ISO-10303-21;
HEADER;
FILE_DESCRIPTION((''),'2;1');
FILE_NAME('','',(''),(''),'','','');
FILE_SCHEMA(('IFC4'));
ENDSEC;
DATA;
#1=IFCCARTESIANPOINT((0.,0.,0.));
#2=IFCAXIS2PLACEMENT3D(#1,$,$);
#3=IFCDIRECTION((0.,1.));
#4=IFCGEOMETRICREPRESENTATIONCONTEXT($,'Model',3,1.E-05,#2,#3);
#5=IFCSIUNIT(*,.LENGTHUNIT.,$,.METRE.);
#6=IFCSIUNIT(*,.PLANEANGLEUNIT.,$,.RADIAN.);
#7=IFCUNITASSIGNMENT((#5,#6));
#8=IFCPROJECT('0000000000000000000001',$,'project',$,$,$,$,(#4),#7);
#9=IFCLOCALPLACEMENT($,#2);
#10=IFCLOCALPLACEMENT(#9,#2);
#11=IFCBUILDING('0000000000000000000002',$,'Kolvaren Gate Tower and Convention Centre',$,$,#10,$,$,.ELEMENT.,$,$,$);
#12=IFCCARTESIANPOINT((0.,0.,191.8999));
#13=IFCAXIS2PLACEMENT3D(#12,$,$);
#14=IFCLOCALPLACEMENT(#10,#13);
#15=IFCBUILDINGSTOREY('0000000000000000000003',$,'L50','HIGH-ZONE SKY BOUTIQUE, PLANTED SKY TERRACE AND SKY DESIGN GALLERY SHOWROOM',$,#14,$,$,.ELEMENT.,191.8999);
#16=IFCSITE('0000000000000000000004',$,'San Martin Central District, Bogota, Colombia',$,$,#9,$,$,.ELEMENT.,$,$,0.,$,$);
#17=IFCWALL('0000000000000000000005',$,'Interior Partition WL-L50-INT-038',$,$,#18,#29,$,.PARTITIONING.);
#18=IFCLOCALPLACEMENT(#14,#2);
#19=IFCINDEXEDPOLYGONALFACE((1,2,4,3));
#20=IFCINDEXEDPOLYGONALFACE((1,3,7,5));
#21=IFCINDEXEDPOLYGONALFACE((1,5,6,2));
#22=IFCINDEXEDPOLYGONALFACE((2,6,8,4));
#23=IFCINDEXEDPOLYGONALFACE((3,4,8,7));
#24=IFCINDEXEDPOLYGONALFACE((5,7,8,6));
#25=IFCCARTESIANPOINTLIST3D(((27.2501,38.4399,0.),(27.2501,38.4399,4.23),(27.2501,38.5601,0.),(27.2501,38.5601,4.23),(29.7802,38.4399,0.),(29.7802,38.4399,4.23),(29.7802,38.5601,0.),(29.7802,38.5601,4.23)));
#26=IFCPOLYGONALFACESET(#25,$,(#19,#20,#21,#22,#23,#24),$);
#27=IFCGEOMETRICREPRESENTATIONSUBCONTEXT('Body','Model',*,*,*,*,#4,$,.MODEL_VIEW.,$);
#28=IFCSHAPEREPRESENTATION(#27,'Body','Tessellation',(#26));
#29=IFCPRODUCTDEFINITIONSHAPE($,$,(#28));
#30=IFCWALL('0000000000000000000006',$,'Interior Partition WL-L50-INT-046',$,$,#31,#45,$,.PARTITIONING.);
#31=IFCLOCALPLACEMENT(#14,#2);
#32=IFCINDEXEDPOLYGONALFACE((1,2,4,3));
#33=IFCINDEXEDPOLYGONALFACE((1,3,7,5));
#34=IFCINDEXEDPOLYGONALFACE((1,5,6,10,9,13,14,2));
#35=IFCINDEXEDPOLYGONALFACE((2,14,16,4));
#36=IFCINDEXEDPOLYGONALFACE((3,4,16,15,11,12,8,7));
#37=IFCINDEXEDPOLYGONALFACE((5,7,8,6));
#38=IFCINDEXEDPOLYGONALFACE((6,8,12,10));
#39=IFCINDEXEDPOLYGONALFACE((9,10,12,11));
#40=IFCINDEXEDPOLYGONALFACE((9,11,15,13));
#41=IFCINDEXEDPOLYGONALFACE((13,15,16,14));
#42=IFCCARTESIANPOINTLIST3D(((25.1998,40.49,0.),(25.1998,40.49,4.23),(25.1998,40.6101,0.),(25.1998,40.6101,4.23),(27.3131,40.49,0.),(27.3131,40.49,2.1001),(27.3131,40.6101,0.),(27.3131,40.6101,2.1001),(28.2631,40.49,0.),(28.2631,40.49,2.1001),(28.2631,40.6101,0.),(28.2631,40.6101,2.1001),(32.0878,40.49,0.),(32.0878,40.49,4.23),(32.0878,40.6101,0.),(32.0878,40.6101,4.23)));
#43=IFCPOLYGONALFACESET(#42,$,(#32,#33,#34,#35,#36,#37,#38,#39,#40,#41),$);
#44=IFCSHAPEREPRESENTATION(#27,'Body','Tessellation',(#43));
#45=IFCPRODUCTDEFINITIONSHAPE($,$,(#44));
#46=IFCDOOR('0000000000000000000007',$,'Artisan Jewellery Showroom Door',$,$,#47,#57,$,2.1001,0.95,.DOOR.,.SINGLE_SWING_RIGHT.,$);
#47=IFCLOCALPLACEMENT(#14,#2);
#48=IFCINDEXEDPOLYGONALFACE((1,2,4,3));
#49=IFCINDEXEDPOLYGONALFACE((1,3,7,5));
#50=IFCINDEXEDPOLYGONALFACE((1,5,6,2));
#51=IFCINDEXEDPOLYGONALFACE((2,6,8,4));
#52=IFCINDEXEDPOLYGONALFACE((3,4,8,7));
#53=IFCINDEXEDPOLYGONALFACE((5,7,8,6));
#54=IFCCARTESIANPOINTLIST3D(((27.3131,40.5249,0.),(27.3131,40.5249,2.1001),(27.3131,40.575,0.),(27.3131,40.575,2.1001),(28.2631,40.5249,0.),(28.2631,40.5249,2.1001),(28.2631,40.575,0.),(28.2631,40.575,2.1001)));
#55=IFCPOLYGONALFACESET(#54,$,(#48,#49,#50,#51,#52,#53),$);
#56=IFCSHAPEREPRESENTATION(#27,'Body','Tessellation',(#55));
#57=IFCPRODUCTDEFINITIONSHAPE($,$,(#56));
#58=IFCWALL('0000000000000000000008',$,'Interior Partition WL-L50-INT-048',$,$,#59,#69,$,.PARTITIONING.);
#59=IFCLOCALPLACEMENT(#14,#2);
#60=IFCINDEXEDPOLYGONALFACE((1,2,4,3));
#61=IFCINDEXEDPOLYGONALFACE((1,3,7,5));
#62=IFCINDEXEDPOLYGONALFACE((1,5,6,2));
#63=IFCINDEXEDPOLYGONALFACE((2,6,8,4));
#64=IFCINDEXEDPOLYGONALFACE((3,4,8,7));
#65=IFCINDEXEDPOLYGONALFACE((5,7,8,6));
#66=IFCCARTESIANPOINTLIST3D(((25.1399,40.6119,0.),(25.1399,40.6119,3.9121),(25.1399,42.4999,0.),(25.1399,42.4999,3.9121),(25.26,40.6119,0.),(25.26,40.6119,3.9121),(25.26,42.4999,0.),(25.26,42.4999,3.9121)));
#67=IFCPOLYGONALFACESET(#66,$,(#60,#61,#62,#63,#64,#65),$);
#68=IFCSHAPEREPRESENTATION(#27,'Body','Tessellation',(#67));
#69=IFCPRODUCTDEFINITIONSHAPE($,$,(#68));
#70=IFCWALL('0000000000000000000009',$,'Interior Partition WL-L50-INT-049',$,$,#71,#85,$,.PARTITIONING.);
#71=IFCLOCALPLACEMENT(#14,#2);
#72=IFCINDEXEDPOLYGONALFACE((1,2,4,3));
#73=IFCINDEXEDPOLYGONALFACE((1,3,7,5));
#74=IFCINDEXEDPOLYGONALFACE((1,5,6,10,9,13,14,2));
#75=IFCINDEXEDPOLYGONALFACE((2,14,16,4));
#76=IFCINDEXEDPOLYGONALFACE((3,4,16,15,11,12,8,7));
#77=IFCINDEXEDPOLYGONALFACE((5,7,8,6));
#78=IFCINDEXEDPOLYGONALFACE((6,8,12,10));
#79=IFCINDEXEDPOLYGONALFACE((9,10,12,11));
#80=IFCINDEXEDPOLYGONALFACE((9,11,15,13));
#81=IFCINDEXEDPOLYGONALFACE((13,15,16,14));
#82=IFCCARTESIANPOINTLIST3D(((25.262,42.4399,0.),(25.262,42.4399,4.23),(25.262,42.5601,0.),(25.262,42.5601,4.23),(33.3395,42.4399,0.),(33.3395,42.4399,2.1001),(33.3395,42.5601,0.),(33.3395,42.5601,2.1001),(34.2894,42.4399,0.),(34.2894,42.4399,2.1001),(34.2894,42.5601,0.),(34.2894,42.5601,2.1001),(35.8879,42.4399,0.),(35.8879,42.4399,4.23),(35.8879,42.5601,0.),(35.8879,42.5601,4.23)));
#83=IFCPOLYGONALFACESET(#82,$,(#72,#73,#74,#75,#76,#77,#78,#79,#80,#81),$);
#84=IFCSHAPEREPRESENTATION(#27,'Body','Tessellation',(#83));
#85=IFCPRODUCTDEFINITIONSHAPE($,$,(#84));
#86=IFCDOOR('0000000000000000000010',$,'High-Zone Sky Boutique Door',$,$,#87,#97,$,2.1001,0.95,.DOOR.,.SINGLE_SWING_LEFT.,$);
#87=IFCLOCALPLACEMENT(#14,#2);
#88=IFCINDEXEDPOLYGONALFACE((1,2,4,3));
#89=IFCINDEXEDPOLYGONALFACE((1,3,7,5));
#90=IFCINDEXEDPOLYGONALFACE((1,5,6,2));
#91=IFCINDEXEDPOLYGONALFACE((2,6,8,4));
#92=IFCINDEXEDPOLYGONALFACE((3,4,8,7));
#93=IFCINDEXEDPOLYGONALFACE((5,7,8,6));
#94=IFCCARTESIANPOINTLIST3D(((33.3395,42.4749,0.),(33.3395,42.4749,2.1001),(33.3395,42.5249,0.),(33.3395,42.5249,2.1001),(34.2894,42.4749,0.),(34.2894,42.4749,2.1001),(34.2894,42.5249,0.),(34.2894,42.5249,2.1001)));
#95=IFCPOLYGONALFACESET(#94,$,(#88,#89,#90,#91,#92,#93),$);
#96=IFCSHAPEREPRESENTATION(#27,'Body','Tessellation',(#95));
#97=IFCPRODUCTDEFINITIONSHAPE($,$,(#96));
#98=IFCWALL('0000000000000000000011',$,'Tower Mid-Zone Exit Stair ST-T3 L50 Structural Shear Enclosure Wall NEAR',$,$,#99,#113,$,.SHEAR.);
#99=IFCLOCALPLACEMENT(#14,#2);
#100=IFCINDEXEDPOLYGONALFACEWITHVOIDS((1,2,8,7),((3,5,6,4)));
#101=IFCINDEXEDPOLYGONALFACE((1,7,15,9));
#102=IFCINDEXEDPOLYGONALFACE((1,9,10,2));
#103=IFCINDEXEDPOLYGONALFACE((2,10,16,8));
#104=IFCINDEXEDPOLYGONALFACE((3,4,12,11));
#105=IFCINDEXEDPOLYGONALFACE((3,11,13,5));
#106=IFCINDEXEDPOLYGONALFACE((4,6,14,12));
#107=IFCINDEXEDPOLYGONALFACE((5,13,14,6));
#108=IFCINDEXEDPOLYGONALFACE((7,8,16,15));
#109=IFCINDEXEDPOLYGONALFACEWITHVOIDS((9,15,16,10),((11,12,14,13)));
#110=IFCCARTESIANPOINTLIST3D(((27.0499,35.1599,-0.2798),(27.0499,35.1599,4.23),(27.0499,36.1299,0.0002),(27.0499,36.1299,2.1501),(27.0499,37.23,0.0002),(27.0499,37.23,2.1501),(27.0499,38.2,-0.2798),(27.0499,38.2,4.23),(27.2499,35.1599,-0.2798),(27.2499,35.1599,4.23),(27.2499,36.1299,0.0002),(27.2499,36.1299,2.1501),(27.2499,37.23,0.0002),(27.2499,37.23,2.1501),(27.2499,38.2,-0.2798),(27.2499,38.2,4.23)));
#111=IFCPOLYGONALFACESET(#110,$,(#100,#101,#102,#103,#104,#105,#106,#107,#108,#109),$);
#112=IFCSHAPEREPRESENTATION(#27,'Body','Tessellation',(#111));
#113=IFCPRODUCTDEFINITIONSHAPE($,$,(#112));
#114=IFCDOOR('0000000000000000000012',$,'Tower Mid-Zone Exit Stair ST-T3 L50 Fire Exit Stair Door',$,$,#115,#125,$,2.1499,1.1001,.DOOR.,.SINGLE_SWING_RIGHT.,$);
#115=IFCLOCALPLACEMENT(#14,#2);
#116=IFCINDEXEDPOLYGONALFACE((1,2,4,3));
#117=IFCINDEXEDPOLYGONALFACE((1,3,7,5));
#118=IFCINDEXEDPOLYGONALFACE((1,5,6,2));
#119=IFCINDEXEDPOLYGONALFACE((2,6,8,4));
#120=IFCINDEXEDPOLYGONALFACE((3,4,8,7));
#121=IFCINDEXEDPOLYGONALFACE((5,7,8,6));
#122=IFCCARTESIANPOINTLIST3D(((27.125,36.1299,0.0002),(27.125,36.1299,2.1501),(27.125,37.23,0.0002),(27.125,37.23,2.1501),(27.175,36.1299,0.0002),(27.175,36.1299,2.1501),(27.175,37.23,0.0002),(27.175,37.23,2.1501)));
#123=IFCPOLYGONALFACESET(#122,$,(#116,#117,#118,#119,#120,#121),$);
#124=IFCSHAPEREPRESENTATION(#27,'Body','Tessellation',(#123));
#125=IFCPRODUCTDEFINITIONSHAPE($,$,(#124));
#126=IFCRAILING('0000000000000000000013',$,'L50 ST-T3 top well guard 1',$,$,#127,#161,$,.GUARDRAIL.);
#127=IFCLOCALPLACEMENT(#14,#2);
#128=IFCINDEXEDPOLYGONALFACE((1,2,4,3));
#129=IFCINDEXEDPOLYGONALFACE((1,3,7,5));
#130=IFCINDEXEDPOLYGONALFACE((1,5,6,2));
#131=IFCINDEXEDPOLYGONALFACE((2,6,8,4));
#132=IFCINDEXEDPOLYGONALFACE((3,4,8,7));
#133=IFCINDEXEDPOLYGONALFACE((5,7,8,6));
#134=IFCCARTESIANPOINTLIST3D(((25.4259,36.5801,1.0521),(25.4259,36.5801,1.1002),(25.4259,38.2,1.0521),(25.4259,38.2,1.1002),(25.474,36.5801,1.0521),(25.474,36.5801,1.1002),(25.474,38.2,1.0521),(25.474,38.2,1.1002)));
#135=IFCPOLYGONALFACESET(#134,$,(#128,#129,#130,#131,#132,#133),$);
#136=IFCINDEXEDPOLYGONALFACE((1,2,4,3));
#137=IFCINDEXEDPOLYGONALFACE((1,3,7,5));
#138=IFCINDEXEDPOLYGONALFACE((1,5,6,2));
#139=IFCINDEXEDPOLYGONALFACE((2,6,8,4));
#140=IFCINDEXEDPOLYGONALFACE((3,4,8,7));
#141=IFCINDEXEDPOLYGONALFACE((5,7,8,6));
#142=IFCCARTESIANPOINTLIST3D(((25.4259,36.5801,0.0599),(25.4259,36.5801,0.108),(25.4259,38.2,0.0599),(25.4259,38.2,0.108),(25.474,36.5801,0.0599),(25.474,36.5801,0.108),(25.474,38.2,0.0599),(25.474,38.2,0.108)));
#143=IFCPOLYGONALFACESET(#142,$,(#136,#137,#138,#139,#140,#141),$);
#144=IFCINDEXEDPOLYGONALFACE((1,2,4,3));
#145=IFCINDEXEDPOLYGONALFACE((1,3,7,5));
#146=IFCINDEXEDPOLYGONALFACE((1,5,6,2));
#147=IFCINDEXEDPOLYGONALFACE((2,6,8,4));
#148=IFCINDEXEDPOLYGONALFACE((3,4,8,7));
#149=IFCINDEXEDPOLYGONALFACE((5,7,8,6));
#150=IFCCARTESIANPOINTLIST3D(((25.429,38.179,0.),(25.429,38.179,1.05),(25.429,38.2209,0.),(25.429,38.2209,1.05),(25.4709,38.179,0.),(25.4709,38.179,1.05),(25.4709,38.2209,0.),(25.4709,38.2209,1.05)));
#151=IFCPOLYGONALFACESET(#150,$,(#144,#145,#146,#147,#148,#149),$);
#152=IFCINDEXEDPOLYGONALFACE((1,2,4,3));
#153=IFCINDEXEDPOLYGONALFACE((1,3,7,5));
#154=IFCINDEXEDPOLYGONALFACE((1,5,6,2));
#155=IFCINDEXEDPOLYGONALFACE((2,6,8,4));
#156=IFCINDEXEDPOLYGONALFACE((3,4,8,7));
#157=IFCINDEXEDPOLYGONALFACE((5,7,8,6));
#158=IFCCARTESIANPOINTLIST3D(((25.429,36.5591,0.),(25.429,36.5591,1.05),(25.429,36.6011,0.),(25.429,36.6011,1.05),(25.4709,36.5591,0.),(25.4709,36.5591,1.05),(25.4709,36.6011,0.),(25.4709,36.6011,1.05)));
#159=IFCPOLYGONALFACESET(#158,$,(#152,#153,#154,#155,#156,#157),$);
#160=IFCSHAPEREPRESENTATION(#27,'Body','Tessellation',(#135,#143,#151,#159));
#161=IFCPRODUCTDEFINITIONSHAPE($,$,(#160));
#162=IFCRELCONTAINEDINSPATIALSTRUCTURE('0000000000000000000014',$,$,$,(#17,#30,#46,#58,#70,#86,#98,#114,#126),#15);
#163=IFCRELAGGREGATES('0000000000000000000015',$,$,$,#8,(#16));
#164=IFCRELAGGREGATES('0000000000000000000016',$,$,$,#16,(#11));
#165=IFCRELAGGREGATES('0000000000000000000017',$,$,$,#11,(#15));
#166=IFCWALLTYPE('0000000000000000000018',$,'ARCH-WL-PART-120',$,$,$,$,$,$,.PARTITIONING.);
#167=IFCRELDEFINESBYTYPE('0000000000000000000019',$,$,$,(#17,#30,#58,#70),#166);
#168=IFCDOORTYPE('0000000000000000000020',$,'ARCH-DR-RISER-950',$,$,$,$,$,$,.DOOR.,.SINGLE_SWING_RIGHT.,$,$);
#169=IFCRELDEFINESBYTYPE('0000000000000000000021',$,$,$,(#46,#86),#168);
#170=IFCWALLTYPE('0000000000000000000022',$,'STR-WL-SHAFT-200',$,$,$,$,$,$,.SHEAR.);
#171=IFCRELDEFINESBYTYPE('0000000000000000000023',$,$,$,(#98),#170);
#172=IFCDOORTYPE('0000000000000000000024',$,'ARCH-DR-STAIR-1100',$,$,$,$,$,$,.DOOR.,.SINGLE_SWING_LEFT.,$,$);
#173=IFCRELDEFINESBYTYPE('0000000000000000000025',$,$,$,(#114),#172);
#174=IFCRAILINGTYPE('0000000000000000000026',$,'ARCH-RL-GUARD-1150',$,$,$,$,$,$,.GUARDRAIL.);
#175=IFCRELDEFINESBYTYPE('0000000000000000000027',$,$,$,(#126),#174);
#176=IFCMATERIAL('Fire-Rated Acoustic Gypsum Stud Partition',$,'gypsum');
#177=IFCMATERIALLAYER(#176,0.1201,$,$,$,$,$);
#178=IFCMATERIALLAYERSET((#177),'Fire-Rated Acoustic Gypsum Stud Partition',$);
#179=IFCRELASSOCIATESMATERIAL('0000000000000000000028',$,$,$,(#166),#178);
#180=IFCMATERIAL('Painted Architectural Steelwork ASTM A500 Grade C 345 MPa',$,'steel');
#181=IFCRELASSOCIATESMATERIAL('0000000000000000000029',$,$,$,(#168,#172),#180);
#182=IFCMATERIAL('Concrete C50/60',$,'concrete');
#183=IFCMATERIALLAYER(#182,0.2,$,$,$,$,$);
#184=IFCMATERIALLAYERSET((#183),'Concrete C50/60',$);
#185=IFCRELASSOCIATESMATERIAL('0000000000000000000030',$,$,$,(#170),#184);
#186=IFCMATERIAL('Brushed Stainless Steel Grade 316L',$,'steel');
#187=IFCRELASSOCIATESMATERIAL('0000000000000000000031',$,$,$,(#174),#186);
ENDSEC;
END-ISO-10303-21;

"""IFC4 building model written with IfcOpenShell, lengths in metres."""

from ifc_helpers import new_model, si_unit, direction, frame, frame_2d, origin, origin_2d, place, context, subcontext, project, spatial, rectangle, extrude, material, layer, layer_set, type_object, element, fill, save


model = new_model("IFC4")

# Units and contexts
model_context = context("Model", 3, precision=1e-05, world=origin(), true_north=direction((0.0, 1.0)))
body_context = subcontext(model_context, "Body", "Model", "MODEL_VIEW")
ifc_project = project(units=[si_unit("LENGTHUNIT", "METRE"), si_unit("PLANEANGLEUNIT", "RADIAN")], contexts=[model_context])

# Site, building, storey
site_placement = place(None, origin())
site = spatial("IfcSite", under=ifc_project, at=site_placement, Name="San Martin Central District, Bogota, Colombia", CompositionType="ELEMENT", RefElevation=0.0)
building_placement = place(site_placement, origin())
building = spatial("IfcBuilding", under=site, at=building_placement, Name="Kolvaren Gate Tower and Convention Centre", CompositionType="ELEMENT")
storey_placement = place(building_placement, frame((0.0, 0.0, 191.8999)))
storey = spatial("IfcBuildingStorey", under=building, at=storey_placement, Name="L50", Description="HIGH-ZONE SKY BOUTIQUE, PLANTED SKY TERRACE AND SKY DESIGN GALLERY SHOWROOM", CompositionType="ELEMENT", Elevation=191.8999)

# Shared definitions
ifc_material_1 = material(Name="Concrete C50/60", Category="concrete")

# Wall
ifc_material_2 = material(Name="Fire-Rated Acoustic Gypsum Stud Partition", Category="gypsum")
ifc_layer_1 = layer(ifc_material_2, 0.1201)
ifc_layer_set_1 = layer_set([ifc_layer_1], Name="Fire-Rated Acoustic Gypsum Stud Partition")
wall_type_1 = type_object("IfcWallType", Name="ARCH-WL-PART-120", PredefinedType="PARTITIONING", material=ifc_layer_set_1)
wall_1_placement = place(storey_placement, frame((27.25, 38.5, 0.0), z_axis=(0.0, 0.0, 1.0), x_axis=(1.0, 0.0, 0.0)))
element("IfcWall", 1, at=wall_1_placement, inside=storey, type_object=wall_type_1, Name="Interior Partition WL-L50-INT-038", PredefinedType="PARTITIONING", context=body_context, shape_type="SweptSolid", body=[
    extrude(rectangle(XDim=2.53, YDim=0.1201, at=frame_2d((1.2651, 0.0))), origin(), (0.0, 0.0, 1.0), 4.23),
])

# Wall, opening, door
wall_2_placement = place(storey_placement, frame((25.2, 40.55, 0.0), z_axis=(0.0, 0.0, 1.0), x_axis=(1.0, 0.0, 0.0)))
wall_2 = element("IfcWall", 2, at=wall_2_placement, inside=storey, type_object=wall_type_1, Name="Interior Partition WL-L50-INT-046", PredefinedType="PARTITIONING", context=body_context, shape_type="SweptSolid", body=[
    extrude(rectangle(XDim=6.8879, YDim=0.1201, at=frame_2d((3.4438, 0.0))), origin(), (0.0, 0.0, 1.0), 4.23),
])
opening_1_placement = place(wall_2_placement, frame((2.113, 0.0, 0.0)))
opening_1 = element("IfcOpeningElement", 3, at=opening_1_placement, cuts=wall_2, PredefinedType="OPENING", context=body_context, shape_type="SweptSolid", body=[
    extrude(rectangle(XDim=0.95, YDim=2.1001, at=frame_2d((0.4751, 1.05))), frame((0.0, 0.0701, 0.0), z_axis=(0.0, -1.0, 0.0), x_axis=(1.0, 0.0, 0.0)), (0.0, 0.0, 1.0), 0.1401),
])
ifc_material_3 = material(Name="Painted Architectural Steelwork ASTM A500 Grade C 345 MPa", Category="steel")
door_type_1 = type_object("IfcDoorType", Name="ARCH-DR-RISER-950", OperationType="SINGLE_SWING_RIGHT", PredefinedType="DOOR", material=ifc_material_3)
door_1_placement = place(opening_1_placement, origin())
door_1 = element("IfcDoor", 4, at=door_1_placement, inside=storey, type_object=door_type_1, Name="Artisan Jewellery Showroom Door", OperationType="SINGLE_SWING_RIGHT", OverallHeight=2.1001, OverallWidth=0.95, PredefinedType="DOOR", context=body_context, shape_type="SweptSolid", body=[
    extrude(rectangle(XDim=0.95, YDim=2.1001, at=frame_2d((0.4751, 1.05))), frame((0.0, 0.0249, 0.0), z_axis=(0.0, -1.0, 0.0), x_axis=(1.0, 0.0, 0.0)), (0.0, 0.0, 1.0), 0.05),
])
fill(opening_1, door_1)

# Wall
wall_3_placement = place(storey_placement, frame((25.2, 40.6121, 0.0), z_axis=(0.0, 0.0, 1.0), x_axis=(0.0, 1.0, 0.0)))
element("IfcWall", 5, at=wall_3_placement, inside=storey, type_object=wall_type_1, Name="Interior Partition WL-L50-INT-048", PredefinedType="PARTITIONING", context=body_context, shape_type="SweptSolid", body=[
    extrude(rectangle(XDim=1.8879, YDim=0.1201, at=frame_2d((0.9438, 0.0))), origin(), (0.0, 0.0, 1.0), 3.9121),
])

# Walls, openings, doors
wall_4_placement = place(storey_placement, frame((25.262, 42.5, 0.0), z_axis=(0.0, 0.0, 1.0), x_axis=(1.0, 0.0, 0.0)))
wall_4 = element("IfcWall", 6, at=wall_4_placement, inside=storey, type_object=wall_type_1, Name="Interior Partition WL-L50-INT-049", PredefinedType="PARTITIONING", context=body_context, shape_type="SweptSolid", body=[
    extrude(rectangle(XDim=10.626, YDim=0.1201, at=frame_2d((5.313, 0.0))), origin(), (0.0, 0.0, 1.0), 4.23),
])
opening_2_placement = place(wall_4_placement, frame((8.0774, 0.0, 0.0)))
opening_2 = element("IfcOpeningElement", 7, at=opening_2_placement, cuts=wall_4, PredefinedType="OPENING", context=body_context, shape_type="SweptSolid", body=[
    extrude(rectangle(XDim=0.95, YDim=2.1001, at=frame_2d((0.4751, 1.05))), frame((0.0, 0.0701, 0.0), z_axis=(0.0, -1.0, 0.0), x_axis=(1.0, 0.0, 0.0)), (0.0, 0.0, 1.0), 0.1401),
])
door_2_placement = place(opening_2_placement, origin())
door_2 = element("IfcDoor", 8, at=door_2_placement, inside=storey, type_object=door_type_1, Name="High-Zone Sky Boutique Door", OperationType="SINGLE_SWING_LEFT", OverallHeight=2.1001, OverallWidth=0.95, PredefinedType="DOOR", context=body_context, shape_type="SweptSolid", body=[
    extrude(rectangle(XDim=0.95, YDim=2.1001, at=frame_2d((0.4751, 1.05))), frame((0.0, 0.0249, 0.0), z_axis=(0.0, -1.0, 0.0), x_axis=(1.0, 0.0, 0.0)), (0.0, 0.0, 1.0), 0.05),
])
fill(opening_2, door_2)
ifc_layer_2 = layer(ifc_material_1, 0.2)
ifc_layer_set_2 = layer_set([ifc_layer_2], Name="Concrete C50/60")
wall_type_2 = type_object("IfcWallType", Name="STR-WL-SHAFT-200", PredefinedType="SHEAR", material=ifc_layer_set_2)
wall_5_placement = place(storey_placement, frame((27.1499, 35.1599, -0.2798), z_axis=(0.0, 0.0, 1.0), x_axis=(0.0, 1.0, 0.0)))
wall_5 = element("IfcWall", 9, at=wall_5_placement, inside=storey, type_object=wall_type_2, Name="Tower Mid-Zone Exit Stair ST-T3 L50 Structural Shear Enclosure Wall NEAR", PredefinedType="SHEAR", context=body_context, shape_type="SweptSolid", body=[
    extrude(rectangle(XDim=3.04, YDim=0.2, at=frame_2d((1.52, 0.0))), origin(), (0.0, 0.0, 1.0), 4.5098),
])
opening_3_placement = place(wall_5_placement, frame((0.97, 0.0, 0.28)))
opening_3 = element("IfcOpeningElement", 10, at=opening_3_placement, cuts=wall_5, PredefinedType="OPENING", context=body_context, shape_type="SweptSolid", body=[
    extrude(rectangle(XDim=1.1001, YDim=2.1499, at=frame_2d((0.55, 1.075))), frame((0.0, 0.1099, 0.0), z_axis=(0.0, -1.0, 0.0), x_axis=(1.0, 0.0, 0.0)), (0.0, 0.0, 1.0), 0.22),
])
door_type_2 = type_object("IfcDoorType", Name="ARCH-DR-STAIR-1100", OperationType="SINGLE_SWING_LEFT", PredefinedType="DOOR", material=ifc_material_3)
door_3_placement = place(opening_3_placement, origin())
door_3 = element("IfcDoor", 11, at=door_3_placement, inside=storey, type_object=door_type_2, Name="Tower Mid-Zone Exit Stair ST-T3 L50 Fire Exit Stair Door", OperationType="SINGLE_SWING_RIGHT", OverallHeight=2.1499, OverallWidth=1.1001, PredefinedType="DOOR", context=body_context, shape_type="SweptSolid", body=[
    extrude(rectangle(XDim=1.1001, YDim=2.1499, at=frame_2d((0.55, 1.075))), frame((0.0, 0.0249, 0.0), z_axis=(0.0, -1.0, 0.0), x_axis=(1.0, 0.0, 0.0)), (0.0, 0.0, 1.0), 0.05),
])
fill(opening_3, door_3)

# Railing
ifc_material_4 = material(Name="Brushed Stainless Steel Grade 316L", Category="steel")
railing_type = type_object("IfcRailingType", Name="ARCH-RL-GUARD-1150", PredefinedType="GUARDRAIL", material=ifc_material_4)
railing_placement = place(storey_placement, frame((25.45, 38.2, 0.0)))
element("IfcRailing", 12, at=railing_placement, inside=storey, type_object=railing_type, Name="L50 ST-T3 top well guard 1", PredefinedType="GUARDRAIL", context=body_context, shape_type="SweptSolid", body=[
    extrude(rectangle(XDim=0.0481, YDim=0.0481, at=origin_2d()), frame((0.0, 0.0, 1.0762), z_axis=(0.0, -1.0, 0.0), x_axis=(1.0, 0.0, 0.0)), (0.0, 0.0, 1.0), 1.6199),
    extrude(rectangle(XDim=0.0481, YDim=0.0481, at=origin_2d()), frame((0.0, 0.0, 0.084), z_axis=(0.0, -1.0, 0.0), x_axis=(1.0, 0.0, 0.0)), (0.0, 0.0, 1.0), 1.6199),
    extrude(rectangle(XDim=0.042, YDim=0.042, at=origin_2d()), origin(), (0.0, 0.0, 1.0), 1.05),
    extrude(rectangle(XDim=0.042, YDim=0.042, at=origin_2d()), frame((0.0, -1.6199, 0.0)), (0.0, 0.0, 1.0), 1.05),
])

save(model, "model.ifc")
